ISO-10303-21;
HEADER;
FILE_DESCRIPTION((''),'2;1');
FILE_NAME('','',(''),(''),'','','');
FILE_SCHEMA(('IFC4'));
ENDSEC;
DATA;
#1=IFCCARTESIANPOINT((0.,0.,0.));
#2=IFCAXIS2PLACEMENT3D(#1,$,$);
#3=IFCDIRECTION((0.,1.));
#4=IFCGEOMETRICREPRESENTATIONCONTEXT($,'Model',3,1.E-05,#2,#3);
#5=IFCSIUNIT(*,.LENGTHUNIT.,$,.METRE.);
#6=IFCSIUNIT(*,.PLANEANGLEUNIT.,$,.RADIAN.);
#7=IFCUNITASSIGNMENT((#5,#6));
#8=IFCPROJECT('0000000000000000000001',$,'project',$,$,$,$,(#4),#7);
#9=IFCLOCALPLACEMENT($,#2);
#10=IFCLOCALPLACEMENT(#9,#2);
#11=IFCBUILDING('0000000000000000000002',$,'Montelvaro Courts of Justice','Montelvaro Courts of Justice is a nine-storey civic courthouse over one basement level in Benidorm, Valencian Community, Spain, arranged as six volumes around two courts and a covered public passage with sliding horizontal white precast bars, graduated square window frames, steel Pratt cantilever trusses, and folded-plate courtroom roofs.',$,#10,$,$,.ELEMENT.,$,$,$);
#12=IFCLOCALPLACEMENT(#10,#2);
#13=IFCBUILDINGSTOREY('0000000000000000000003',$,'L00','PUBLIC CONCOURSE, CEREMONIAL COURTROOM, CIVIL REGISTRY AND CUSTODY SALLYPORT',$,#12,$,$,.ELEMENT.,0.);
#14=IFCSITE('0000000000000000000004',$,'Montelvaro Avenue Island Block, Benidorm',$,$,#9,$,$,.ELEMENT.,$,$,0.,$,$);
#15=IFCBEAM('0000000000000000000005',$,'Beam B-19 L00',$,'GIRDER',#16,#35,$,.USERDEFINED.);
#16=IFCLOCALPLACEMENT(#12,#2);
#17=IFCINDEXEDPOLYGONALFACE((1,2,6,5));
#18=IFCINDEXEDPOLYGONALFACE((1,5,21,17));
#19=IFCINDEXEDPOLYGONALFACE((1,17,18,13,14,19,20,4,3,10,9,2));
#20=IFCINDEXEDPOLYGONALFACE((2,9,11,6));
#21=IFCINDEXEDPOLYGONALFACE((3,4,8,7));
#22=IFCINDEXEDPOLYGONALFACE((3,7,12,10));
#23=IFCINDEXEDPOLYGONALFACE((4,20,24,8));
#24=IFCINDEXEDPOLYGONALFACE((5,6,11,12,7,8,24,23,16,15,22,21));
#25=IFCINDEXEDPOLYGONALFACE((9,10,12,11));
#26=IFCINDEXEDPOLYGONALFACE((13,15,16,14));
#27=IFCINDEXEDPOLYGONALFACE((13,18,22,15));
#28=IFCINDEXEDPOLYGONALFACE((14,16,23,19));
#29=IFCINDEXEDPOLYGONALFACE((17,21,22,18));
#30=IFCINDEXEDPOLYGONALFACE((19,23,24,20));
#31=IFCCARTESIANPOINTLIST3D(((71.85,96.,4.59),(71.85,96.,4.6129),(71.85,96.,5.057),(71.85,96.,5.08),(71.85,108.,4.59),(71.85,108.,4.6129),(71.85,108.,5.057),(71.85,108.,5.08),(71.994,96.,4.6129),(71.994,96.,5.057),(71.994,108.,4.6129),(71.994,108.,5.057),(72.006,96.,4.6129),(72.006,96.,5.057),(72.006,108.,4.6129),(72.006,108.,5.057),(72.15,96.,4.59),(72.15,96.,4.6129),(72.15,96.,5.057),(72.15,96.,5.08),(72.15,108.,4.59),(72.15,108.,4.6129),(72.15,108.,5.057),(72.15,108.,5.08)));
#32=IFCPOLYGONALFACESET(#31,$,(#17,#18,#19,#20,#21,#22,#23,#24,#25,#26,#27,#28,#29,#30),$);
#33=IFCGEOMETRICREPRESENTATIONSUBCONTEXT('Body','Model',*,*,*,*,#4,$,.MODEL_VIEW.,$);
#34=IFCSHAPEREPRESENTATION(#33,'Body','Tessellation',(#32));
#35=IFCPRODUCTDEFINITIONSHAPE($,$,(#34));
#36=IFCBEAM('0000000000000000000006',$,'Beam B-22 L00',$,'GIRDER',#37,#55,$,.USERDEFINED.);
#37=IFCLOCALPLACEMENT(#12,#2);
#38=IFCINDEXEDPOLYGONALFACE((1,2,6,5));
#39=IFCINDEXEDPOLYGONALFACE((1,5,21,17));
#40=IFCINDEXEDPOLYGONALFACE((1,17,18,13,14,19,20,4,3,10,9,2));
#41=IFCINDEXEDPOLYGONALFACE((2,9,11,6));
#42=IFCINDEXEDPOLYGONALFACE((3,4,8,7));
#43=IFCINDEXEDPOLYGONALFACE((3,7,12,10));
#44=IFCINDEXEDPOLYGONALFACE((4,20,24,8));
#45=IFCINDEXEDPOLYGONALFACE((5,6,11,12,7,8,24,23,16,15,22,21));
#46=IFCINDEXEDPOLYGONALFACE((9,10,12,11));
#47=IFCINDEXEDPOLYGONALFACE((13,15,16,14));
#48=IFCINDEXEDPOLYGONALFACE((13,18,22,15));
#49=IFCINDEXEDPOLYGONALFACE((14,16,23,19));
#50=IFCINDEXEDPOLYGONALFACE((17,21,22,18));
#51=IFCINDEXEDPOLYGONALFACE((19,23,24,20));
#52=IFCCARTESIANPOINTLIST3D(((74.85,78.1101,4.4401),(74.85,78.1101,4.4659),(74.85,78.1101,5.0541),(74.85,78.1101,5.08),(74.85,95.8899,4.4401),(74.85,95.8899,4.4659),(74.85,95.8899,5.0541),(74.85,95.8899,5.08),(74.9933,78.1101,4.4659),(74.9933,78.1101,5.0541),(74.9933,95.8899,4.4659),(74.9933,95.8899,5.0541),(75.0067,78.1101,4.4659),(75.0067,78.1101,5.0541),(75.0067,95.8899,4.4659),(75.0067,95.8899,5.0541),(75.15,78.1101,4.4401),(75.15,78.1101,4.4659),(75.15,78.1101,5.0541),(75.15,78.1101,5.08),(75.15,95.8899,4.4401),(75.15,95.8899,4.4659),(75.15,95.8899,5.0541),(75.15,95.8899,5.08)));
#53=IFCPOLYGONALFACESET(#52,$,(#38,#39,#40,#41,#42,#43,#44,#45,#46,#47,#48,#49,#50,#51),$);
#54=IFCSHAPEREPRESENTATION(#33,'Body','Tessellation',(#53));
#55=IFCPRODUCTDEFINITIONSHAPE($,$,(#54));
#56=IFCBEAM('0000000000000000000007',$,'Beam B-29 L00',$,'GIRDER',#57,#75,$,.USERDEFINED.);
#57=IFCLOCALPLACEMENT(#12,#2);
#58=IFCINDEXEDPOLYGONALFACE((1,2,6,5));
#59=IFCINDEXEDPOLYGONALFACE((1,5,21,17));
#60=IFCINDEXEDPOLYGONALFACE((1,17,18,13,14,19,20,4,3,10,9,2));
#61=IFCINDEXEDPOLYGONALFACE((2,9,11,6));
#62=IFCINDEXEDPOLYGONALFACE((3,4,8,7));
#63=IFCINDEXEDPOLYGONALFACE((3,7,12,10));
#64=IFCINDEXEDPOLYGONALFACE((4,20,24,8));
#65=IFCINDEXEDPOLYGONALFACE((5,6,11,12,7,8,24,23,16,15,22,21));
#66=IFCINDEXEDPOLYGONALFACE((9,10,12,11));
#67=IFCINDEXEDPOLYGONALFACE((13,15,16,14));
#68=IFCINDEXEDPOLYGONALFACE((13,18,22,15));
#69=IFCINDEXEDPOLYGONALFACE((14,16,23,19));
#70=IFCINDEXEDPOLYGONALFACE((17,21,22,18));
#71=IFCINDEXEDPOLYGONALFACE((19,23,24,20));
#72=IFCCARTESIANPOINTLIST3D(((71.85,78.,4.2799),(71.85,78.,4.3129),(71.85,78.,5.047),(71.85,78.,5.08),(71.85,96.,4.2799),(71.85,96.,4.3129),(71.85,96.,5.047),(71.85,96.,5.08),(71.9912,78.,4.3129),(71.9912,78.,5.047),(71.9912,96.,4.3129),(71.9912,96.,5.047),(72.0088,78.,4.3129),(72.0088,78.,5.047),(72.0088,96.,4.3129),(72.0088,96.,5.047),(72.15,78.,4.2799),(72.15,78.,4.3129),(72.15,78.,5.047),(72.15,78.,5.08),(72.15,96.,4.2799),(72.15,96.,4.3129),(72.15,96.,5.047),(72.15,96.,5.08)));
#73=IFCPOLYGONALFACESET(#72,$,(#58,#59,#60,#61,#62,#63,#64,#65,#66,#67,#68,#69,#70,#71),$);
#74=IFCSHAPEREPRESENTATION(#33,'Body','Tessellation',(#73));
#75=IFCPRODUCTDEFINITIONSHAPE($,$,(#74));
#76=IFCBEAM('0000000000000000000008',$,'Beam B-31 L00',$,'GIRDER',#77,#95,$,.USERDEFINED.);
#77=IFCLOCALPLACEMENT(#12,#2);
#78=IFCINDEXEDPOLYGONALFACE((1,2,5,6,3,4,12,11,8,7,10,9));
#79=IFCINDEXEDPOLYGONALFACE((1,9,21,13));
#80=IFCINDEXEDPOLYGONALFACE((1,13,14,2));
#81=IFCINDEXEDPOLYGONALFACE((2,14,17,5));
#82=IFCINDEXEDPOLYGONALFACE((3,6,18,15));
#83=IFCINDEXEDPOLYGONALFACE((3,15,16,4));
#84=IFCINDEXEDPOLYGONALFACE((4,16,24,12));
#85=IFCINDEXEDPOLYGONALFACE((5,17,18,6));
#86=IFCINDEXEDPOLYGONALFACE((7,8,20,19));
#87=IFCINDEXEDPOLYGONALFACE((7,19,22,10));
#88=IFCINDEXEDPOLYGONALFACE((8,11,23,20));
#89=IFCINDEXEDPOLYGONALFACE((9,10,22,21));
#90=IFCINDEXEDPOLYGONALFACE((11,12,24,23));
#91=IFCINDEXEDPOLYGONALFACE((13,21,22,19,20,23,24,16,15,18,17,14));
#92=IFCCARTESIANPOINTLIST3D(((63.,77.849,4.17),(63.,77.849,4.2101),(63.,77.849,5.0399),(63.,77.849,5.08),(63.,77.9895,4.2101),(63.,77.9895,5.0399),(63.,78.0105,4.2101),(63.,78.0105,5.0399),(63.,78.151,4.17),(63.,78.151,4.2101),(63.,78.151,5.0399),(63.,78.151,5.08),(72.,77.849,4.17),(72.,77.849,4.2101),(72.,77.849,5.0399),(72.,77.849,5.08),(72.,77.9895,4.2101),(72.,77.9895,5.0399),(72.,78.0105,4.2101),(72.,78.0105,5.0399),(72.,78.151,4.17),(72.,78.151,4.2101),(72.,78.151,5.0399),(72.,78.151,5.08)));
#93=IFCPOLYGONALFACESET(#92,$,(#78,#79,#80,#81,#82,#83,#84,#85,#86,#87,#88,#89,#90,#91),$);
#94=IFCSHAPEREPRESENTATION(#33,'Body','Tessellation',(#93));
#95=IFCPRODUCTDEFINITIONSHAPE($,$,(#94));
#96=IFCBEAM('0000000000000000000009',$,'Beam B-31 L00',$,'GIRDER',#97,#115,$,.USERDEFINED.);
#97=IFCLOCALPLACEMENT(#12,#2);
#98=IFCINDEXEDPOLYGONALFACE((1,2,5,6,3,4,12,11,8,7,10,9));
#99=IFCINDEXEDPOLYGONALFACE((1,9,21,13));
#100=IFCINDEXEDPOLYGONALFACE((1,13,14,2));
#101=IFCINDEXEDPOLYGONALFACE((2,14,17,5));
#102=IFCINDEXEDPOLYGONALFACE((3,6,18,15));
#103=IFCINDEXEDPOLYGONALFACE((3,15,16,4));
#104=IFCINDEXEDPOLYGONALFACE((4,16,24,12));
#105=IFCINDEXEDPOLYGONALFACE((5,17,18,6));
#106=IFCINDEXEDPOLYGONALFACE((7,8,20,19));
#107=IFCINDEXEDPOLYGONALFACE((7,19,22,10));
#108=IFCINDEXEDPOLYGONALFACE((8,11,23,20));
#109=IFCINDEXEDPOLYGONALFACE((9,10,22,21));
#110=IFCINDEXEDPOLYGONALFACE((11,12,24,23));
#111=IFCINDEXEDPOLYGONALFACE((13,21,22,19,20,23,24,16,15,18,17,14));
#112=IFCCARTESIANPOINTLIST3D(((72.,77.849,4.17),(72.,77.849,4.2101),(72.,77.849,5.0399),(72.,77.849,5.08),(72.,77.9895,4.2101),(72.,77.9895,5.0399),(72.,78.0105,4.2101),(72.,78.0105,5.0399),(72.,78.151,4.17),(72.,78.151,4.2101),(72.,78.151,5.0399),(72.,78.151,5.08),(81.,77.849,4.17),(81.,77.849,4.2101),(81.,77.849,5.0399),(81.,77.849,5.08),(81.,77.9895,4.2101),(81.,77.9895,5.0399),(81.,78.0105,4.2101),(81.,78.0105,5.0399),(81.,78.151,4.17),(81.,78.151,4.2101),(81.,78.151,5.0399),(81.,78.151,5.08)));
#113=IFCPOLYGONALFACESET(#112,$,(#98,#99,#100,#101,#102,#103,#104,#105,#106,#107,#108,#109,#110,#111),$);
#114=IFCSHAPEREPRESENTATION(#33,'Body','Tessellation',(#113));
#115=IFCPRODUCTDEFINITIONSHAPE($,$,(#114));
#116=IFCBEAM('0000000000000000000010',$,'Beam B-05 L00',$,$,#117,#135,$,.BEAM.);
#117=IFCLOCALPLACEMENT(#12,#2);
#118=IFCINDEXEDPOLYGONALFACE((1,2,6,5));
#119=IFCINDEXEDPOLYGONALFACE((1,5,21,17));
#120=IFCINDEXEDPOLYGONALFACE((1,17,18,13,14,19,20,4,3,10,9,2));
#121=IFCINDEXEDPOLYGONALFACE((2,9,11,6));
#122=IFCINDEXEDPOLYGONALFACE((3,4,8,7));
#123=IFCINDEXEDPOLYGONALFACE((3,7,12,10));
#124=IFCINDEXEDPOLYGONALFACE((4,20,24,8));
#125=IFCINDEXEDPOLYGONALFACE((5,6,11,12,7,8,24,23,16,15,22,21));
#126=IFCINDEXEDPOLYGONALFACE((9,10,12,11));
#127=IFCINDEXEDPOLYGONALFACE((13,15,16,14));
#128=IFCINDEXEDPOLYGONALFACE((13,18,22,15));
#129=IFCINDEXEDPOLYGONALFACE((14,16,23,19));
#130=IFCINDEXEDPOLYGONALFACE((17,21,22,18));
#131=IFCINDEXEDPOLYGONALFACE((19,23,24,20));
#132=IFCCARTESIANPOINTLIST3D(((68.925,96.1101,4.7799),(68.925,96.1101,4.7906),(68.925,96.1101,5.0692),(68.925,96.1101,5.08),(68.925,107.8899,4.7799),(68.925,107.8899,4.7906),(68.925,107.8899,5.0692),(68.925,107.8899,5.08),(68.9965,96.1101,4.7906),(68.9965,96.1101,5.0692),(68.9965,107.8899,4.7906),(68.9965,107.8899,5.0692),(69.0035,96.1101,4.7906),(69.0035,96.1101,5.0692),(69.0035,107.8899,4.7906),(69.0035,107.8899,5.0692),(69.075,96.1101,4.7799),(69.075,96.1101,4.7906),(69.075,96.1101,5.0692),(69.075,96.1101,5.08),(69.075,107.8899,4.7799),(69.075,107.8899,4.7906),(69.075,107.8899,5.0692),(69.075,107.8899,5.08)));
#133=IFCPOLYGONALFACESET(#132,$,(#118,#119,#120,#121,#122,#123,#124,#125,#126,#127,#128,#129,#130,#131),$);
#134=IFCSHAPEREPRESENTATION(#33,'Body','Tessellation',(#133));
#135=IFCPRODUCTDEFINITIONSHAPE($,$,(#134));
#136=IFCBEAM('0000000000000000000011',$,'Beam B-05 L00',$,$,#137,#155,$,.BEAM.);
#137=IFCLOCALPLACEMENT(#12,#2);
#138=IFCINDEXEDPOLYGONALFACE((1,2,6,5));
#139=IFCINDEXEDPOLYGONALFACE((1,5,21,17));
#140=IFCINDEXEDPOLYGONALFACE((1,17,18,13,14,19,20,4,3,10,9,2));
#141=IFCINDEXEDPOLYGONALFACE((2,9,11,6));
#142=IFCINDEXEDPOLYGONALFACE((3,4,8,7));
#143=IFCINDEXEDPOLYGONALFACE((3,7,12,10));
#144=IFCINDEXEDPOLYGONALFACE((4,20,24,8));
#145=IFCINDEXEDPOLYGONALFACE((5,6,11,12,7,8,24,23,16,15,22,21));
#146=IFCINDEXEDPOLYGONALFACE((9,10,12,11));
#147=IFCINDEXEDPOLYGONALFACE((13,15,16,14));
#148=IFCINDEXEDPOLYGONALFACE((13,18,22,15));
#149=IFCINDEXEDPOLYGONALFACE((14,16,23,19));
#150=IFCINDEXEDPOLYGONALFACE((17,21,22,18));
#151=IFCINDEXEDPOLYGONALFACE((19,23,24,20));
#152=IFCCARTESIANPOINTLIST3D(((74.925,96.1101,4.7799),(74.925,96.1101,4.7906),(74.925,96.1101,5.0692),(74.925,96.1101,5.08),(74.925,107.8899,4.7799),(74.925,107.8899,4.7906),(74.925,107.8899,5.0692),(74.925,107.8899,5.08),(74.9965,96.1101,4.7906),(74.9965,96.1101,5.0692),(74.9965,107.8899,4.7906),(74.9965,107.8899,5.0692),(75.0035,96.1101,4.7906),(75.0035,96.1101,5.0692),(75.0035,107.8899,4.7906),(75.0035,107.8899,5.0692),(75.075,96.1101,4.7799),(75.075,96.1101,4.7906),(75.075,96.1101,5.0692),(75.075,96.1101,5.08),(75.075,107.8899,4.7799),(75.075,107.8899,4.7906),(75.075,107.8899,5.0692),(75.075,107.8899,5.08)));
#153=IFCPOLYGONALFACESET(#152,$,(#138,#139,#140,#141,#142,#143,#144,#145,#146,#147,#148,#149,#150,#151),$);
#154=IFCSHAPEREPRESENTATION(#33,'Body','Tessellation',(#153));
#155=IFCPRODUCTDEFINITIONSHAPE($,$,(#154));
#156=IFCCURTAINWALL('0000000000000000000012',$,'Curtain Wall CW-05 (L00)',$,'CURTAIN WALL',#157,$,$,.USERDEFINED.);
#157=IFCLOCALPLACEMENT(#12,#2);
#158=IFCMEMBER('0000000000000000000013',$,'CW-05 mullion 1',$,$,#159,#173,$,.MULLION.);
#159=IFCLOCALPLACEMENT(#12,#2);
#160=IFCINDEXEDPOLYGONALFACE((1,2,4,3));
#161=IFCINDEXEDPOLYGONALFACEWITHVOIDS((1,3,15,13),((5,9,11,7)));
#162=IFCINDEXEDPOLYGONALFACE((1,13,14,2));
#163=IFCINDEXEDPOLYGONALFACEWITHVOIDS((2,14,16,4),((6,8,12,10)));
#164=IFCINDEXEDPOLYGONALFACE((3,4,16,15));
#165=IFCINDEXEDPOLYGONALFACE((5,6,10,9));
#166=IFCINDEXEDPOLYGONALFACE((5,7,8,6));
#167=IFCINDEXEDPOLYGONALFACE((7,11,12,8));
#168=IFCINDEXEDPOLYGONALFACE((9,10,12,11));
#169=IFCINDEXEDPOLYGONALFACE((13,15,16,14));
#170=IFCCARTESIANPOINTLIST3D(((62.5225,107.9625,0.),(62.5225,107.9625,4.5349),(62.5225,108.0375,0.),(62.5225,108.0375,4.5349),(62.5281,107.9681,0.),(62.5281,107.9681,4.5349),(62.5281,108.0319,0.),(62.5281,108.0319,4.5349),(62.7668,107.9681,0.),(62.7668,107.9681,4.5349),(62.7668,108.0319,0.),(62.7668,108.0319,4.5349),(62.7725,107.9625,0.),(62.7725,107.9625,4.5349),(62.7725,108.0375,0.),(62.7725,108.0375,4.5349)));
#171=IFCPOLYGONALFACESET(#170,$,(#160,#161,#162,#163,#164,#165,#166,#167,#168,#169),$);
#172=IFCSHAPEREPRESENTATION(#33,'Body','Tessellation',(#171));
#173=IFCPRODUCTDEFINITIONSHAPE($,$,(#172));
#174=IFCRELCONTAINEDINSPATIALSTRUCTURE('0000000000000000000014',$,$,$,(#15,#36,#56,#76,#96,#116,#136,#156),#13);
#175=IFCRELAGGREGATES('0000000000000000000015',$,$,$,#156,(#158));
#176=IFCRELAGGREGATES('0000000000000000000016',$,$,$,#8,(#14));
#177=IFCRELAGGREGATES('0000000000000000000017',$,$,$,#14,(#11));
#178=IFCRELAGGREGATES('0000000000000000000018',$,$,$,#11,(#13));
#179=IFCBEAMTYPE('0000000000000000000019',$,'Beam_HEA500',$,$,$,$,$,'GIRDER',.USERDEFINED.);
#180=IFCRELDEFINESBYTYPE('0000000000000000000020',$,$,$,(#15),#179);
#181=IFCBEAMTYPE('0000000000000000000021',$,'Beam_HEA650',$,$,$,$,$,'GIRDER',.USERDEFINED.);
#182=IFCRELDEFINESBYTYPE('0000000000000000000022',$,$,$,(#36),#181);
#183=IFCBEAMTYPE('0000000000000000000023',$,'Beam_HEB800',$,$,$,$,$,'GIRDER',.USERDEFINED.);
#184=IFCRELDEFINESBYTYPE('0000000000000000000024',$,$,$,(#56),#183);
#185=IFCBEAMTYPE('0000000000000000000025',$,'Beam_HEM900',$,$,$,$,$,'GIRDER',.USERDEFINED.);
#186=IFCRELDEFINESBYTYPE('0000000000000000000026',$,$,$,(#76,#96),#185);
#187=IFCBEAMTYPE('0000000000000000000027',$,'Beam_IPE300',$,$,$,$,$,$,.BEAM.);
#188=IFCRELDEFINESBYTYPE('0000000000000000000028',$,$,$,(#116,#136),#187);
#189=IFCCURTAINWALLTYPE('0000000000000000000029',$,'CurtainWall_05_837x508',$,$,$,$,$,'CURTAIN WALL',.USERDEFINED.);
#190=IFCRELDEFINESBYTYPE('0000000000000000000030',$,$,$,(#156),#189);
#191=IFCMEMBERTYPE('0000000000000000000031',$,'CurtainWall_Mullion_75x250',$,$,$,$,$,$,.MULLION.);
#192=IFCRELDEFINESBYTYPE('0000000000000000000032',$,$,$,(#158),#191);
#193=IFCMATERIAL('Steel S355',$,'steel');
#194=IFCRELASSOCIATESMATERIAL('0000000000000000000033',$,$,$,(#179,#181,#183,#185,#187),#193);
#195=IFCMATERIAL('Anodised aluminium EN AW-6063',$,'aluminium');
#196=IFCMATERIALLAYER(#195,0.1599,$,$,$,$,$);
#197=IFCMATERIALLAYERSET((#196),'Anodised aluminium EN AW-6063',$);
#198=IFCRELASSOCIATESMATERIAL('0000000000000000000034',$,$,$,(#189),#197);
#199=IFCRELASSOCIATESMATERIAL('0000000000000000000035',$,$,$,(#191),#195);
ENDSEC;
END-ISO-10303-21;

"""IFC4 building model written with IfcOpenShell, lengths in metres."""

from ifc_helpers import new_model, si_unit, direction, frame, origin, origin_2d, place, context, subcontext, project, spatial, hollow_rectangle, i_section, extrude, material, layer, layer_set, material_profile, profile_set, type_object, element, aggregate, save


model = new_model("IFC4")

# Units and contexts
model_context = context("Model", 3, precision=1e-05, world=origin(), true_north=direction((0.0, 1.0)))
body_context = subcontext(model_context, "Body", "Model", "MODEL_VIEW")
ifc_project = project(units=[si_unit("LENGTHUNIT", "METRE"), si_unit("PLANEANGLEUNIT", "RADIAN")], contexts=[model_context])

# Site, building, storey
site_placement = place(None, origin())
site = spatial("IfcSite", under=ifc_project, at=site_placement, Name="Montelvaro Avenue Island Block, Benidorm", CompositionType="ELEMENT", RefElevation=0.0)
building_placement = place(site_placement, origin())
building = spatial("IfcBuilding", under=site, at=building_placement, Name="Montelvaro Courts of Justice", Description="Montelvaro Courts of Justice is a nine-storey civic courthouse over one basement level in Benidorm, Valencian Community, Spain, arranged as six volumes around two courts and a covered public passage with sliding horizontal white precast bars, graduated square window frames, steel Pratt cantilever trusses, and folded-plate courtroom roofs.", CompositionType="ELEMENT")
storey_placement = place(building_placement, origin())
storey = spatial("IfcBuildingStorey", under=building, at=storey_placement, Name="L00", Description="PUBLIC CONCOURSE, CEREMONIAL COURTROOM, CIVIL REGISTRY AND CUSTODY SALLYPORT", CompositionType="ELEMENT", Elevation=0.0)

# Shared definitions
ifc_material_1 = material(Name="Steel S355", Category="steel")

# Beams
ifc_material_profile_1 = material_profile(ifc_material_1, i_section(OverallWidth=0.3, OverallDepth=0.49, WebThickness=0.012, FlangeThickness=0.0229, at=origin_2d()), Name="HEA 500")
ifc_profile_set_1 = profile_set([ifc_material_profile_1], Name="Steel S355")
beam_type_1 = type_object("IfcBeamType", Name="Beam_HEA500", ElementType="GIRDER", PredefinedType="USERDEFINED", material=ifc_profile_set_1)
beam_1_placement = place(storey_placement, frame((72.0, 96.0, 4.835), z_axis=(0.0, 1.0, 0.0), x_axis=(-1.0, 0.0, 0.0)))
element("IfcBeam", 1, at=beam_1_placement, inside=storey, type_object=beam_type_1, Name="Beam B-19 L00", ObjectType="GIRDER", PredefinedType="USERDEFINED", context=body_context, shape_type="SweptSolid", body=[
    extrude(i_section(OverallWidth=0.3, OverallDepth=0.49, WebThickness=0.012, FlangeThickness=0.0229, at=origin_2d()), origin(), (0.0, 0.0, 1.0), 12.0),
])
ifc_material_profile_2 = material_profile(ifc_material_1, i_section(OverallWidth=0.3, OverallDepth=0.6399, WebThickness=0.0134, FlangeThickness=0.0259, at=origin_2d()), Name="HEA 650")
ifc_profile_set_2 = profile_set([ifc_material_profile_2], Name="Steel S355")
beam_type_2 = type_object("IfcBeamType", Name="Beam_HEA650", ElementType="GIRDER", PredefinedType="USERDEFINED", material=ifc_profile_set_2)
beam_2_placement = place(storey_placement, frame((75.0, 78.1101, 4.76), z_axis=(0.0, 1.0, 0.0), x_axis=(-1.0, 0.0, 0.0)))
element("IfcBeam", 2, at=beam_2_placement, inside=storey, type_object=beam_type_2, Name="Beam B-22 L00", ObjectType="GIRDER", PredefinedType="USERDEFINED", context=body_context, shape_type="SweptSolid", body=[
    extrude(i_section(OverallWidth=0.3, OverallDepth=0.6399, WebThickness=0.0134, FlangeThickness=0.0259, at=origin_2d()), origin(), (0.0, 0.0, 1.0), 17.7798),
])
ifc_material_profile_3 = material_profile(ifc_material_1, i_section(OverallWidth=0.3, OverallDepth=0.8, WebThickness=0.0176, FlangeThickness=0.033, at=origin_2d()), Name="HEB 800")
ifc_profile_set_3 = profile_set([ifc_material_profile_3], Name="Steel S355")
beam_type_3 = type_object("IfcBeamType", Name="Beam_HEB800", ElementType="GIRDER", PredefinedType="USERDEFINED", material=ifc_profile_set_3)
beam_3_placement = place(storey_placement, frame((72.0, 78.0, 4.6799), z_axis=(0.0, 1.0, 0.0), x_axis=(-1.0, 0.0, 0.0)))
element("IfcBeam", 3, at=beam_3_placement, inside=storey, type_object=beam_type_3, Name="Beam B-29 L00", ObjectType="GIRDER", PredefinedType="USERDEFINED", context=body_context, shape_type="SweptSolid", body=[
    extrude(i_section(OverallWidth=0.3, OverallDepth=0.8, WebThickness=0.0176, FlangeThickness=0.033, at=origin_2d()), origin(), (0.0, 0.0, 1.0), 18.0),
])
ifc_material_profile_4 = material_profile(ifc_material_1, i_section(OverallWidth=0.302, OverallDepth=0.9099, WebThickness=0.021, FlangeThickness=0.04, at=origin_2d()), Name="HEM 900")
ifc_profile_set_4 = profile_set([ifc_material_profile_4], Name="Steel S355")
beam_type_4 = type_object("IfcBeamType", Name="Beam_HEM900", ElementType="GIRDER", PredefinedType="USERDEFINED", material=ifc_profile_set_4)
for number, where, z_axis, x_axis, name in (
    (4, (63.0, 78.0, 4.625), (1.0, 0.0, 0.0), (0.0, 1.0, 0.0), "Beam B-31 L00"),
    (5, (72.0, 78.0, 4.625), (1.0, 0.0, 0.0), (0.0, 1.0, 0.0), "Beam B-31 L00"),
):
    element("IfcBeam", number, at=place(storey_placement, frame(where, z_axis=z_axis, x_axis=x_axis)), inside=storey, type_object=beam_type_4, Name=name, ObjectType="GIRDER", PredefinedType="USERDEFINED", context=body_context, shape_type="SweptSolid", body=[
        extrude(i_section(OverallWidth=0.302, OverallDepth=0.9099, WebThickness=0.021, FlangeThickness=0.04, at=origin_2d()), origin(), (0.0, 0.0, 1.0), 9.0),
    ])
ifc_material_profile_5 = material_profile(ifc_material_1, i_section(OverallWidth=0.1499, OverallDepth=0.3, WebThickness=0.0071, FlangeThickness=0.0107, at=origin_2d()), Name="IPE 300")
ifc_profile_set_5 = profile_set([ifc_material_profile_5], Name="Steel S355")
beam_type_5 = type_object("IfcBeamType", Name="Beam_IPE300", PredefinedType="BEAM", material=ifc_profile_set_5)
for number, where, z_axis, x_axis, name in (
    (6, (69.0, 96.1101, 4.9299), (0.0, 1.0, 0.0), (-1.0, 0.0, 0.0), "Beam B-05 L00"),
    (7, (75.0, 96.1101, 4.9299), (0.0, 1.0, 0.0), (-1.0, 0.0, 0.0), "Beam B-05 L00"),
):
    element("IfcBeam", number, at=place(storey_placement, frame(where, z_axis=z_axis, x_axis=x_axis)), inside=storey, type_object=beam_type_5, Name=name, PredefinedType="BEAM", context=body_context, shape_type="SweptSolid", body=[
        extrude(i_section(OverallWidth=0.1499, OverallDepth=0.3, WebThickness=0.0071, FlangeThickness=0.0107, at=origin_2d()), origin(), (0.0, 0.0, 1.0), 11.7798),
    ])

# Curtain wall, member
ifc_material_2 = material(Name="Anodised aluminium EN AW-6063", Category="aluminium")
ifc_layer_1 = layer(ifc_material_2, 0.1599)
ifc_layer_set_1 = layer_set([ifc_layer_1], Name="Anodised aluminium EN AW-6063")
curtain_wall_type = type_object("IfcCurtainWallType", Name="CurtainWall_05_837x508", ElementType="CURTAIN WALL", PredefinedType="USERDEFINED", material=ifc_layer_set_1)
curtain_wall_placement = place(storey_placement, origin())
curtain_wall = element("IfcCurtainWall", 8, at=curtain_wall_placement, inside=storey, type_object=curtain_wall_type, Name="Curtain Wall CW-05 (L00)", ObjectType="CURTAIN WALL", PredefinedType="USERDEFINED")
ifc_material_profile_6 = material_profile(ifc_material_2, hollow_rectangle(XDim=0.075, YDim=0.25, WallThickness=0.0056, at=origin_2d()), Name="ALU-M 75x250")
ifc_profile_set_6 = profile_set([ifc_material_profile_6], Name="Anodised aluminium EN AW-6063")
member_type_1 = type_object("IfcMemberType", Name="CurtainWall_Mullion_75x250", PredefinedType="MULLION", material=ifc_profile_set_6)
member_1_placement = place(storey_placement, frame((62.6475, 108.0, 0.0), z_axis=(0.0, 0.0, 1.0), x_axis=(0.0, -1.0, 0.0)))
member_1 = element("IfcMember", 9, at=member_1_placement, type_object=member_type_1, Name="CW-05 mullion 1", PredefinedType="MULLION", context=body_context, shape_type="SweptSolid", body=[
    extrude(hollow_rectangle(XDim=0.075, YDim=0.25, WallThickness=0.0056, at=origin_2d()), origin(), (0.0, 0.0, 1.0), 4.5349),
])
aggregate(curtain_wall, [member_1])

save(model, "model.ifc")
